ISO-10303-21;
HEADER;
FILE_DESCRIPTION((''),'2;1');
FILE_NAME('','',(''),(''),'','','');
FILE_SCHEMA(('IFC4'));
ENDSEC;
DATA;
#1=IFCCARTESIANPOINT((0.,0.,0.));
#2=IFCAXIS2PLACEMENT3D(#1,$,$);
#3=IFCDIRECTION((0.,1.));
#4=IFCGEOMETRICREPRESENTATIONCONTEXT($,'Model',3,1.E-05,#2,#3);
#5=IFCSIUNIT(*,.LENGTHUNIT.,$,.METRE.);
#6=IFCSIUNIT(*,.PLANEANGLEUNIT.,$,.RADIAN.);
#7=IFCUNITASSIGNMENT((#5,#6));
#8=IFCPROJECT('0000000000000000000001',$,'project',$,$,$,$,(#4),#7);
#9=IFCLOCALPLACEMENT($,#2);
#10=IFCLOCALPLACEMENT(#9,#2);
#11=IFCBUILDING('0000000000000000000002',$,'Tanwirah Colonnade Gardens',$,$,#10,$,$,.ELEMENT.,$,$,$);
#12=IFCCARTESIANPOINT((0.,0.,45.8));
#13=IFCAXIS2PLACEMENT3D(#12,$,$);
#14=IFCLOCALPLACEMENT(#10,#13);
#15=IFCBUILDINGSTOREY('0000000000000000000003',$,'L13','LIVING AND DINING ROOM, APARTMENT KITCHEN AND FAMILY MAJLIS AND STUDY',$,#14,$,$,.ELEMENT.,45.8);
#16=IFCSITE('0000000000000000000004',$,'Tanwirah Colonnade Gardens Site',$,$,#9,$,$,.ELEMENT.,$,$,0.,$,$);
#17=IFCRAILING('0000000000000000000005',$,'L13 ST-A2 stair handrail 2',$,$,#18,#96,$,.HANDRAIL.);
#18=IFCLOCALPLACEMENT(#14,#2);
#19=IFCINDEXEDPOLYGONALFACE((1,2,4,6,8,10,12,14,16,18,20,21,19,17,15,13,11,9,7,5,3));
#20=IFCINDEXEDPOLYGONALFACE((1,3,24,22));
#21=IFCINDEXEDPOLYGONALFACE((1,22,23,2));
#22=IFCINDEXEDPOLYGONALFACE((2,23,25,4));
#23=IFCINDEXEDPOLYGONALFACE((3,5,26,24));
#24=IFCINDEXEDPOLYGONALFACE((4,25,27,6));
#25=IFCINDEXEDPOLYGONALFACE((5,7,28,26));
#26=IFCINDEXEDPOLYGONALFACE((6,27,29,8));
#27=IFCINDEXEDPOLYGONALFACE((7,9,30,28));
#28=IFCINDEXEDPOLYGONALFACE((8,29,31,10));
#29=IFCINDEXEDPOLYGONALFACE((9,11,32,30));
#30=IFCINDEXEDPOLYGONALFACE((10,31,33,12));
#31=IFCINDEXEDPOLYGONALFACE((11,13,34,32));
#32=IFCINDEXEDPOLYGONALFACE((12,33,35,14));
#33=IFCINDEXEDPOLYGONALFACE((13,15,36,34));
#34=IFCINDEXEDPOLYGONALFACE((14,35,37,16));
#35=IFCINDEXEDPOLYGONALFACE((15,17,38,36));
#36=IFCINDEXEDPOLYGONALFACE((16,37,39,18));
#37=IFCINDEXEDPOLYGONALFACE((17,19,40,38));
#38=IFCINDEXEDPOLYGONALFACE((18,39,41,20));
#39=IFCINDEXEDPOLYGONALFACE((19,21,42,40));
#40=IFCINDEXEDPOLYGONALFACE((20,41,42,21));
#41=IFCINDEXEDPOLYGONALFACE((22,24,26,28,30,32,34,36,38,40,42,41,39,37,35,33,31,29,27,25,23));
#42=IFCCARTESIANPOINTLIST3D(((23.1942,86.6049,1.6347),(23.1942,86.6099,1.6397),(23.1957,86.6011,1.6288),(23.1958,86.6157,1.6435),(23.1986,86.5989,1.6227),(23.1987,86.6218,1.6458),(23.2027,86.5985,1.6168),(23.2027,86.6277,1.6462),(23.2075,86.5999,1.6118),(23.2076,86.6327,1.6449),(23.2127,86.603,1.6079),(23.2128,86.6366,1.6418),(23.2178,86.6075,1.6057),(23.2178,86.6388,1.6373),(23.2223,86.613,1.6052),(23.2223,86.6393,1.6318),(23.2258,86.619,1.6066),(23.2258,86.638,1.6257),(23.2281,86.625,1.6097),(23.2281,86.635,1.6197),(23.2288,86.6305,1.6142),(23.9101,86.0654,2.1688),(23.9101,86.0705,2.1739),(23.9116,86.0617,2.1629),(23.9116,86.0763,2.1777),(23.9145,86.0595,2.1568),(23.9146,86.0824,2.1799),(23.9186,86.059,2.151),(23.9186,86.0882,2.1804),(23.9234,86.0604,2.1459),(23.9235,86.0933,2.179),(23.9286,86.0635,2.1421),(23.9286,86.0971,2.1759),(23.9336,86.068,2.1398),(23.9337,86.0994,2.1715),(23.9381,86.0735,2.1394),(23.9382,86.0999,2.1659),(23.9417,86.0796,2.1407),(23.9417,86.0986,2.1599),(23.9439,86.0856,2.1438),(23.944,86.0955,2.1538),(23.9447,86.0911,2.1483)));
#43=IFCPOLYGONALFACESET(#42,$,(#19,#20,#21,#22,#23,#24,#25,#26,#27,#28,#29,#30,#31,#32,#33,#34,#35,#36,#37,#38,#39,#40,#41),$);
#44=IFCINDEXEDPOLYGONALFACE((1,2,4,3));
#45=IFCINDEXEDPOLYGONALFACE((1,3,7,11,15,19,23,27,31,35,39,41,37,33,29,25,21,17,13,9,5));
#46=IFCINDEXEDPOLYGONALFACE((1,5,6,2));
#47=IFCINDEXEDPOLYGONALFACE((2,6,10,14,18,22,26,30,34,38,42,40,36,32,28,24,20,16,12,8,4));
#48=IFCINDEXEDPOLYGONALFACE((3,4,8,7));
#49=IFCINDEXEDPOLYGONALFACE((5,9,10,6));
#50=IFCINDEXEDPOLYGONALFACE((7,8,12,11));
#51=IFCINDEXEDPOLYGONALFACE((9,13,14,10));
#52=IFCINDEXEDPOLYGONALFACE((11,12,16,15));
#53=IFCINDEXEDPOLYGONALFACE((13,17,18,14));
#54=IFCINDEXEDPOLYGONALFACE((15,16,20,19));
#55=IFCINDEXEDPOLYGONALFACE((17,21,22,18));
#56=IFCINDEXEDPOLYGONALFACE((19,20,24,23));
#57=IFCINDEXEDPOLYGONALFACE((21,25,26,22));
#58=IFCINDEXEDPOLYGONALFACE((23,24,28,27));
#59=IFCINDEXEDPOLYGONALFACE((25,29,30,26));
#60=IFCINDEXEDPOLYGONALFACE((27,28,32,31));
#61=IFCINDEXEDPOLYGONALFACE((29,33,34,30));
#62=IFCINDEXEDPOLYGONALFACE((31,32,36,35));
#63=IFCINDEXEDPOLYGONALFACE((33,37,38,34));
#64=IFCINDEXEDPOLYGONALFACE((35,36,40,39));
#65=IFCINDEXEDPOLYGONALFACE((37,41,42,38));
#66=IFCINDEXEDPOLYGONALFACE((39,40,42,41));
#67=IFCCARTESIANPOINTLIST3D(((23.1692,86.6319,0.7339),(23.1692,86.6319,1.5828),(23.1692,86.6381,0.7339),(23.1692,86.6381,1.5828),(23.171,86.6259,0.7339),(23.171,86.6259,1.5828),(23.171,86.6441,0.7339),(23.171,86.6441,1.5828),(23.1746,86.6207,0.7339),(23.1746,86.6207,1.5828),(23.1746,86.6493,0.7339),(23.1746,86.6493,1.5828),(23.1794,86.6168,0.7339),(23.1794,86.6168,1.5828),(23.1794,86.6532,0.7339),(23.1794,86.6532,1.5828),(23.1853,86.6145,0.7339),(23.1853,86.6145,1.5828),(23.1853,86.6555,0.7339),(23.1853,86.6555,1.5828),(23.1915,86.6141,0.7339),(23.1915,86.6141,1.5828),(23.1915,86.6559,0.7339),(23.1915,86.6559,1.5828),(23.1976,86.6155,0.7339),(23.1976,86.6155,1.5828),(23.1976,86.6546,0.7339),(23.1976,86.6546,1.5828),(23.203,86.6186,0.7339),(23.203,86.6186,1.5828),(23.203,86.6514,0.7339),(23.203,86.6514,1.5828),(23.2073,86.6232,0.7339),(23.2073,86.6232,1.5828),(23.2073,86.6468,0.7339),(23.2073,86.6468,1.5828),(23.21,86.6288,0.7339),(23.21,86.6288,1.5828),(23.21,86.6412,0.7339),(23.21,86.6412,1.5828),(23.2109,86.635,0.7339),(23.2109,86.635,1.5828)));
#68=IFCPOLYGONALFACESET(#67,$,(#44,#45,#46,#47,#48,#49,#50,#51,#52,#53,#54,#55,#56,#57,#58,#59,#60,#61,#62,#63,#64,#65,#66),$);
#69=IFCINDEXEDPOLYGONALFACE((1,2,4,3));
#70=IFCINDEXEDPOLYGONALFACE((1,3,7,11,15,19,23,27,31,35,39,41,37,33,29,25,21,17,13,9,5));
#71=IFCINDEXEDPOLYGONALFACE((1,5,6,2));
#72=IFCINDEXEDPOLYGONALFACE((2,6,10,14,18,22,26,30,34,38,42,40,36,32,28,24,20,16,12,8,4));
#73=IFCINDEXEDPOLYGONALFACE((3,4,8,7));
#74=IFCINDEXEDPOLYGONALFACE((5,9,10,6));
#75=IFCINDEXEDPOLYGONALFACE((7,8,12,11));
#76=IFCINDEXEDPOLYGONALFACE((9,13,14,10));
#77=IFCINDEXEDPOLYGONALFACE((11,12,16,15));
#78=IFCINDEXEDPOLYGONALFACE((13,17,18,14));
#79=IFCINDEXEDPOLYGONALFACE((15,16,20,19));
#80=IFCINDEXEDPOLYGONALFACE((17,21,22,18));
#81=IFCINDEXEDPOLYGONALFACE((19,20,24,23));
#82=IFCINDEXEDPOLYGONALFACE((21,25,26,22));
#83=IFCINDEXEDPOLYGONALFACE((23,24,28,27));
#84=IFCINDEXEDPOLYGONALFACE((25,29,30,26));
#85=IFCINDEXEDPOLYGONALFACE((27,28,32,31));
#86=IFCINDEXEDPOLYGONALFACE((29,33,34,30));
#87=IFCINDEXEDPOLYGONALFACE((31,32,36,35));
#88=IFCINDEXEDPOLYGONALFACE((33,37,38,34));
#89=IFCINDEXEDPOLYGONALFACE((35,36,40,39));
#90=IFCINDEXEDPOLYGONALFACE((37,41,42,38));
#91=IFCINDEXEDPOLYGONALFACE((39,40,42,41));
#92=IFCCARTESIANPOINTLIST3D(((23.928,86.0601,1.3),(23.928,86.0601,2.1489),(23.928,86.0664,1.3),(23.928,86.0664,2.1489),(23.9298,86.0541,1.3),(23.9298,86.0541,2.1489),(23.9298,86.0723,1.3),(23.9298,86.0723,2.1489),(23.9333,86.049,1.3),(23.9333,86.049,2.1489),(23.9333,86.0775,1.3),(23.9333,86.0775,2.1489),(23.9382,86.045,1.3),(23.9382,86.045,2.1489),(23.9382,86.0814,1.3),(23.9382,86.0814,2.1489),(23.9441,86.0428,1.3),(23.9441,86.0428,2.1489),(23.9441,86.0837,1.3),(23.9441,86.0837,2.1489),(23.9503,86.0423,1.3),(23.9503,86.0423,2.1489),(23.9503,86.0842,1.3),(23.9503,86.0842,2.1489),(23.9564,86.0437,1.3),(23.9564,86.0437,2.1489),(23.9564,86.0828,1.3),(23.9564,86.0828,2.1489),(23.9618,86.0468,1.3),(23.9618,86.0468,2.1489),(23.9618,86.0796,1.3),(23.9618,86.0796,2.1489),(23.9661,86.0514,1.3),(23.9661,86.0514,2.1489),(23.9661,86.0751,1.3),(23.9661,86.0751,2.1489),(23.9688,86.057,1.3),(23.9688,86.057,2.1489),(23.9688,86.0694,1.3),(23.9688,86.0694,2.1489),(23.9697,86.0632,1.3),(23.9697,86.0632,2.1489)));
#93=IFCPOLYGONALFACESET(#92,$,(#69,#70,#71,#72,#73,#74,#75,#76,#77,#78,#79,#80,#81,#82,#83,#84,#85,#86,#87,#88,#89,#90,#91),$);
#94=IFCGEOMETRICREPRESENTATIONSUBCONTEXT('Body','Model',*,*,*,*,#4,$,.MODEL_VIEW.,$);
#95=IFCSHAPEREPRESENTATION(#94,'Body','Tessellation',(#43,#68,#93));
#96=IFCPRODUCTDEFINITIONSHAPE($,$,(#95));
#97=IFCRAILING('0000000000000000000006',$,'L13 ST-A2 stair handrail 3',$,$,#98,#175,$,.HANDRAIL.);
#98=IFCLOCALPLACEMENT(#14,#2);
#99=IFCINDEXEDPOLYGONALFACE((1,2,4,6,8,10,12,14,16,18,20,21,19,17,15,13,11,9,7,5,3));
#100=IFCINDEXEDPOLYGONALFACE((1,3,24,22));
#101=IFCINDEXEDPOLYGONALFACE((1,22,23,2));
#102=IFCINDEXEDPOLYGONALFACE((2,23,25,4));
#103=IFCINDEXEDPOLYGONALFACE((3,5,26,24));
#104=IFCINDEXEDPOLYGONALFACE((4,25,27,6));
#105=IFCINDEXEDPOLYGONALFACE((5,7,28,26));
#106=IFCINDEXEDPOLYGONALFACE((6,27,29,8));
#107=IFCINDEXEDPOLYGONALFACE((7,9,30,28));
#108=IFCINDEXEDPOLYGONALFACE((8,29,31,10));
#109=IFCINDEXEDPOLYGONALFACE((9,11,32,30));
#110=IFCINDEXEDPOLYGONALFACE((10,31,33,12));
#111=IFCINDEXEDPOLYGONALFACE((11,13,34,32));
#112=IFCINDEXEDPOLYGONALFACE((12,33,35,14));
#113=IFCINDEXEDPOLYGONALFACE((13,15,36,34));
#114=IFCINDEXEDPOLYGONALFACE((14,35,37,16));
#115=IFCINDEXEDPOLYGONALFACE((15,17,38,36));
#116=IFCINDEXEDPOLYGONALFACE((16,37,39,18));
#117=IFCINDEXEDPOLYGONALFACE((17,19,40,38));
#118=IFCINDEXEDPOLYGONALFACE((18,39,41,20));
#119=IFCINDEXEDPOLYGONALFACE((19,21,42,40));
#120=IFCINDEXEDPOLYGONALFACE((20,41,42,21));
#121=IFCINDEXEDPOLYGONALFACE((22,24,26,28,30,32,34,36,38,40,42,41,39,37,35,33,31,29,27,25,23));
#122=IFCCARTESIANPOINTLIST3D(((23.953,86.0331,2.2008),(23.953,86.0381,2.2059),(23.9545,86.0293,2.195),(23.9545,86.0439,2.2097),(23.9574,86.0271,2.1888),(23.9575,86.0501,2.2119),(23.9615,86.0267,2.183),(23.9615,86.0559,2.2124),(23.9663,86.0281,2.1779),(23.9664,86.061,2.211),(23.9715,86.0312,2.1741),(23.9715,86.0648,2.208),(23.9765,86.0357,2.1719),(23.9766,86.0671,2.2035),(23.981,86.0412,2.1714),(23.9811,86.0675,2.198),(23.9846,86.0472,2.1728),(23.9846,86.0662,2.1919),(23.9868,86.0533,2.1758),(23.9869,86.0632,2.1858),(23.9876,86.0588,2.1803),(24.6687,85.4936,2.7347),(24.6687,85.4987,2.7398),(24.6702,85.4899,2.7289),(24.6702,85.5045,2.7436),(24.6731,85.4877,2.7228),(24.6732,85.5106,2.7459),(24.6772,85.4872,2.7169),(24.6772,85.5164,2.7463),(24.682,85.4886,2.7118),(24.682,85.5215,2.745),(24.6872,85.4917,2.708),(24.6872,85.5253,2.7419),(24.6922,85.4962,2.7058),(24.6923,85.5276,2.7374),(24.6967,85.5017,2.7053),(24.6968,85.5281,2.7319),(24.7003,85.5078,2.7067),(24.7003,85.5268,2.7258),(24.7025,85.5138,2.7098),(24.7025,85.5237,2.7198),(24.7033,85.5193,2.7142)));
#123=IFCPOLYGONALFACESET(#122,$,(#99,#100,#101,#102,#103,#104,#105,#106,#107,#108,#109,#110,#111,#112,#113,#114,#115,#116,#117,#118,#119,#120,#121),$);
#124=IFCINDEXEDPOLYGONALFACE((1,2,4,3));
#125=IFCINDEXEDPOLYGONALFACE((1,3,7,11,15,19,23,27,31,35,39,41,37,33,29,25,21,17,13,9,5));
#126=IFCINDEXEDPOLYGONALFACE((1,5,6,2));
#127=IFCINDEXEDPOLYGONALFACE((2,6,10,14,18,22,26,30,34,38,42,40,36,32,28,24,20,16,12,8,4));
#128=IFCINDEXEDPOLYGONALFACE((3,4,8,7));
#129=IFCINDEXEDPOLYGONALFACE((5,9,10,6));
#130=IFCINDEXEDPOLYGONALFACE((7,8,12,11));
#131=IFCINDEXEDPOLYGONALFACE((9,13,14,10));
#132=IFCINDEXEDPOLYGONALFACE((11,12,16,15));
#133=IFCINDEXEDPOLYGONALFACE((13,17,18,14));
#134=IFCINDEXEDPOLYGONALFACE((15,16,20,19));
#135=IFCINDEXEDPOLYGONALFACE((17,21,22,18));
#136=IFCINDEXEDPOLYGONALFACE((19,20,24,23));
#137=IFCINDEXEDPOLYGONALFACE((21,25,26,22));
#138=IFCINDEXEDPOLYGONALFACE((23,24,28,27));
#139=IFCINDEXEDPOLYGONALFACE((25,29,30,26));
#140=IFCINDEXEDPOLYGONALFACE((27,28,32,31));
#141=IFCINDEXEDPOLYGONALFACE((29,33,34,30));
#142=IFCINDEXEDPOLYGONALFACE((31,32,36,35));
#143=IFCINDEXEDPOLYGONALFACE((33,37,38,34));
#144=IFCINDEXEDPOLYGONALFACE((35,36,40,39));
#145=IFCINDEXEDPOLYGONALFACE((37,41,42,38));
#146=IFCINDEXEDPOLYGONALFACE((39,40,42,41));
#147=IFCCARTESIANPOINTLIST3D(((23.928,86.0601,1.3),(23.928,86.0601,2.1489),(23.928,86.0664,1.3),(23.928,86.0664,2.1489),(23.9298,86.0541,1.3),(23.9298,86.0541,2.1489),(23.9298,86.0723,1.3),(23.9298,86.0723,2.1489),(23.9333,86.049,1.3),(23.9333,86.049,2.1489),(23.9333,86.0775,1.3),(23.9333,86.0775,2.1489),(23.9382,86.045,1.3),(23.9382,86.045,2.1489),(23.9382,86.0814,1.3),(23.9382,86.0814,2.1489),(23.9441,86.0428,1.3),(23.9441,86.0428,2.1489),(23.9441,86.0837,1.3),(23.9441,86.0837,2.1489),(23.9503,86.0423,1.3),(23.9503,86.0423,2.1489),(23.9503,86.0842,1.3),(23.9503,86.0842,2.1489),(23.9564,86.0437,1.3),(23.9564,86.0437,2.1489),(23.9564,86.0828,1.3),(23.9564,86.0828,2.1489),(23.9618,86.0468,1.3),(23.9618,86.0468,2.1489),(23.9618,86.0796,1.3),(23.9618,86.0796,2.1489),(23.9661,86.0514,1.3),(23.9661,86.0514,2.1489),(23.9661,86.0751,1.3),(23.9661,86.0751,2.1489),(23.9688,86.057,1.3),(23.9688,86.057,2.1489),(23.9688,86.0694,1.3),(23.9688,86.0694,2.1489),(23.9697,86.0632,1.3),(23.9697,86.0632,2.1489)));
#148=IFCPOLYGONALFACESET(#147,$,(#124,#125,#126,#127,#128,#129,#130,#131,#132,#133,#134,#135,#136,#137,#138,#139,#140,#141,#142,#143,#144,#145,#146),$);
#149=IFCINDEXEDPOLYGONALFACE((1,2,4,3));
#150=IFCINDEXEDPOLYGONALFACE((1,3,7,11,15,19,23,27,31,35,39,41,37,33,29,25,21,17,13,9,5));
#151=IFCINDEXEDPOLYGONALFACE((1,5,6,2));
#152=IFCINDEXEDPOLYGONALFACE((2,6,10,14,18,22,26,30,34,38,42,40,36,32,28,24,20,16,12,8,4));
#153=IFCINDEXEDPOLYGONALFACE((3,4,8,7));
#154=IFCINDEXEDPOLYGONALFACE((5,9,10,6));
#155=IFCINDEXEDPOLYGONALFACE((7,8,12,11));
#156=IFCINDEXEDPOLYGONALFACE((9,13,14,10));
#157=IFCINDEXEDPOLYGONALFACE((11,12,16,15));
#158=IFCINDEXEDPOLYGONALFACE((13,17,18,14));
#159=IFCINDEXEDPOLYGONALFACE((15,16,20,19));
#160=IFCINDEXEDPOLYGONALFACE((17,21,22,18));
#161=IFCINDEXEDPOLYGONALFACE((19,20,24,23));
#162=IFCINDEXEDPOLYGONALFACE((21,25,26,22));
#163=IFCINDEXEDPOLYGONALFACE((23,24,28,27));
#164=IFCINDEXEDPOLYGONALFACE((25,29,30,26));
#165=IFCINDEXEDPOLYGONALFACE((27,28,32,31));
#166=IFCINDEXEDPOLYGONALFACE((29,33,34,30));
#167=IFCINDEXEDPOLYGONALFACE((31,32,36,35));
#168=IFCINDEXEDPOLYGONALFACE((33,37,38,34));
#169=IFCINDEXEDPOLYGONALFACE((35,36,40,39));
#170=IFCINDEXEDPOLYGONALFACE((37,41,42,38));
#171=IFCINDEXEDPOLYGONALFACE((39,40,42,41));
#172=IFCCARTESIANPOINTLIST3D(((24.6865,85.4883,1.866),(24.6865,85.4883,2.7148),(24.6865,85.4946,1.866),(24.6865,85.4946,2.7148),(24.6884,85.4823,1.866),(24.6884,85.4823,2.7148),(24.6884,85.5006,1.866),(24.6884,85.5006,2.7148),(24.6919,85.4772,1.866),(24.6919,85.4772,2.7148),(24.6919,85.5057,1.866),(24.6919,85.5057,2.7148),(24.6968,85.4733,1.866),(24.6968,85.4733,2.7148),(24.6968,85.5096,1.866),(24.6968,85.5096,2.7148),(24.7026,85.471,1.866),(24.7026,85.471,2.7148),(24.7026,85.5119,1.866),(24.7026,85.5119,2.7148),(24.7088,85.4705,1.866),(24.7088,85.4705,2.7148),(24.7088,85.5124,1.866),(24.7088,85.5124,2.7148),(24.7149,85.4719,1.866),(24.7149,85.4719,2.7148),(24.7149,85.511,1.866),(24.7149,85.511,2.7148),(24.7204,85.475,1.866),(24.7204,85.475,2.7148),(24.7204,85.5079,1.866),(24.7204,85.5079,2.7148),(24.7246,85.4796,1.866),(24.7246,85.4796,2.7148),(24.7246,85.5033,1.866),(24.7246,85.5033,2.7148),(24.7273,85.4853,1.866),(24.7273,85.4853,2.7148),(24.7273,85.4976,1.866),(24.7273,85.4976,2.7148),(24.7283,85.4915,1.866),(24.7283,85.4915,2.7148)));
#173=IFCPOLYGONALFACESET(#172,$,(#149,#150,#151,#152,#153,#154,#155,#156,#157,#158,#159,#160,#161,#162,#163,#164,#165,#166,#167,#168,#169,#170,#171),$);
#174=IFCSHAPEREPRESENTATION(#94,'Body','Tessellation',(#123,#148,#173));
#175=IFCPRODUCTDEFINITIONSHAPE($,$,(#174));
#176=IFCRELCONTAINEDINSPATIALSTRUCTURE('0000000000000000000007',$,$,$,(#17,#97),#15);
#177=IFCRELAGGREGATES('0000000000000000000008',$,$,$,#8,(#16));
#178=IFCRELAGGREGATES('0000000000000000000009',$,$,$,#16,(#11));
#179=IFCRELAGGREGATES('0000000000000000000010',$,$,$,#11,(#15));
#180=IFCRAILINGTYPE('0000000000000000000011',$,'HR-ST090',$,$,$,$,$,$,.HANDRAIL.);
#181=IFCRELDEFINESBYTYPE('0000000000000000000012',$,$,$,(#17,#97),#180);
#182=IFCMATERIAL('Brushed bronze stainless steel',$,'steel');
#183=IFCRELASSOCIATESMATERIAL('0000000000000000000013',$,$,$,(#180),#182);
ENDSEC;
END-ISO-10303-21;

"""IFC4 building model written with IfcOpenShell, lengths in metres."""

from ifc_helpers import new_model, si_unit, direction, frame, origin, origin_2d, place, context, subcontext, project, spatial, circle, extrude, material, type_object, element, save


model = new_model("IFC4")

# Units and contexts
model_context = context("Model", 3, precision=1e-05, world=origin(), true_north=direction((0.0, 1.0)))
body_context = subcontext(model_context, "Body", "Model", "MODEL_VIEW")
ifc_project = project(units=[si_unit("LENGTHUNIT", "METRE"), si_unit("PLANEANGLEUNIT", "RADIAN")], contexts=[model_context])

# Site, building, storey
site_placement = place(None, origin())
site = spatial("IfcSite", under=ifc_project, at=site_placement, Name="Tanwirah Colonnade Gardens Site", CompositionType="ELEMENT", RefElevation=0.0)
building_placement = place(site_placement, origin())
building = spatial("IfcBuilding", under=site, at=building_placement, Name="Tanwirah Colonnade Gardens", CompositionType="ELEMENT")
storey_placement = place(building_placement, frame((0.0, 0.0, 45.8)))
storey = spatial("IfcBuildingStorey", under=building, at=storey_placement, Name="L13", Description="LIVING AND DINING ROOM, APARTMENT KITCHEN AND FAMILY MAJLIS AND STUDY", CompositionType="ELEMENT", Elevation=45.8)

# Railings
ifc_material_1 = material(Name="Brushed bronze stainless steel", Category="steel")
railing_type_1 = type_object("IfcRailingType", Name="HR-ST090", PredefinedType="HANDRAIL", material=ifc_material_1)
railing_1_placement = place(storey_placement, frame((23.1899, 86.635, 0.7339)))
element("IfcRailing", 1, at=railing_1_placement, inside=storey, type_object=railing_type_1, Name="L13 ST-A2 stair handrail 2", PredefinedType="HANDRAIL", context=body_context, shape_type="SweptSolid", body=[
    extrude(circle(Radius=0.0239, at=origin_2d()), frame((0.0215, -0.0161, 0.8918), z_axis=(0.686068, -0.516979, 0.511902), x_axis=(0.601807, 0.798641, 0.0)), (0.0, 0.0, 1.0), 1.0435),
    extrude(circle(Radius=0.021, at=origin_2d()), origin(), (0.0, 0.0, 1.0), 0.8489),
    extrude(circle(Radius=0.021, at=origin_2d()), frame((0.7588, -0.5718, 0.5662)), (0.0, 0.0, 1.0), 0.8489),
])
railing_2_placement = place(storey_placement, frame((23.9487, 86.0632, 1.3)))
element("IfcRailing", 2, at=railing_2_placement, inside=storey, type_object=railing_type_1, Name="L13 ST-A2 stair handrail 3", PredefinedType="HANDRAIL", context=body_context, shape_type="SweptSolid", body=[
    extrude(circle(Radius=0.0239, at=origin_2d()), frame((0.0215, -0.0161, 0.8918), z_axis=(0.686028, -0.517116, 0.511817), x_axis=(0.601931, 0.798548, 0.0)), (0.0, 0.0, 1.0), 1.0432),
    extrude(circle(Radius=0.021, at=origin_2d()), origin(), (0.0, 0.0, 1.0), 0.8489),
    extrude(circle(Radius=0.021, at=origin_2d()), frame((0.7585, -0.5718, 0.5659)), (0.0, 0.0, 1.0), 0.8489),
])

save(model, "model.ifc")
